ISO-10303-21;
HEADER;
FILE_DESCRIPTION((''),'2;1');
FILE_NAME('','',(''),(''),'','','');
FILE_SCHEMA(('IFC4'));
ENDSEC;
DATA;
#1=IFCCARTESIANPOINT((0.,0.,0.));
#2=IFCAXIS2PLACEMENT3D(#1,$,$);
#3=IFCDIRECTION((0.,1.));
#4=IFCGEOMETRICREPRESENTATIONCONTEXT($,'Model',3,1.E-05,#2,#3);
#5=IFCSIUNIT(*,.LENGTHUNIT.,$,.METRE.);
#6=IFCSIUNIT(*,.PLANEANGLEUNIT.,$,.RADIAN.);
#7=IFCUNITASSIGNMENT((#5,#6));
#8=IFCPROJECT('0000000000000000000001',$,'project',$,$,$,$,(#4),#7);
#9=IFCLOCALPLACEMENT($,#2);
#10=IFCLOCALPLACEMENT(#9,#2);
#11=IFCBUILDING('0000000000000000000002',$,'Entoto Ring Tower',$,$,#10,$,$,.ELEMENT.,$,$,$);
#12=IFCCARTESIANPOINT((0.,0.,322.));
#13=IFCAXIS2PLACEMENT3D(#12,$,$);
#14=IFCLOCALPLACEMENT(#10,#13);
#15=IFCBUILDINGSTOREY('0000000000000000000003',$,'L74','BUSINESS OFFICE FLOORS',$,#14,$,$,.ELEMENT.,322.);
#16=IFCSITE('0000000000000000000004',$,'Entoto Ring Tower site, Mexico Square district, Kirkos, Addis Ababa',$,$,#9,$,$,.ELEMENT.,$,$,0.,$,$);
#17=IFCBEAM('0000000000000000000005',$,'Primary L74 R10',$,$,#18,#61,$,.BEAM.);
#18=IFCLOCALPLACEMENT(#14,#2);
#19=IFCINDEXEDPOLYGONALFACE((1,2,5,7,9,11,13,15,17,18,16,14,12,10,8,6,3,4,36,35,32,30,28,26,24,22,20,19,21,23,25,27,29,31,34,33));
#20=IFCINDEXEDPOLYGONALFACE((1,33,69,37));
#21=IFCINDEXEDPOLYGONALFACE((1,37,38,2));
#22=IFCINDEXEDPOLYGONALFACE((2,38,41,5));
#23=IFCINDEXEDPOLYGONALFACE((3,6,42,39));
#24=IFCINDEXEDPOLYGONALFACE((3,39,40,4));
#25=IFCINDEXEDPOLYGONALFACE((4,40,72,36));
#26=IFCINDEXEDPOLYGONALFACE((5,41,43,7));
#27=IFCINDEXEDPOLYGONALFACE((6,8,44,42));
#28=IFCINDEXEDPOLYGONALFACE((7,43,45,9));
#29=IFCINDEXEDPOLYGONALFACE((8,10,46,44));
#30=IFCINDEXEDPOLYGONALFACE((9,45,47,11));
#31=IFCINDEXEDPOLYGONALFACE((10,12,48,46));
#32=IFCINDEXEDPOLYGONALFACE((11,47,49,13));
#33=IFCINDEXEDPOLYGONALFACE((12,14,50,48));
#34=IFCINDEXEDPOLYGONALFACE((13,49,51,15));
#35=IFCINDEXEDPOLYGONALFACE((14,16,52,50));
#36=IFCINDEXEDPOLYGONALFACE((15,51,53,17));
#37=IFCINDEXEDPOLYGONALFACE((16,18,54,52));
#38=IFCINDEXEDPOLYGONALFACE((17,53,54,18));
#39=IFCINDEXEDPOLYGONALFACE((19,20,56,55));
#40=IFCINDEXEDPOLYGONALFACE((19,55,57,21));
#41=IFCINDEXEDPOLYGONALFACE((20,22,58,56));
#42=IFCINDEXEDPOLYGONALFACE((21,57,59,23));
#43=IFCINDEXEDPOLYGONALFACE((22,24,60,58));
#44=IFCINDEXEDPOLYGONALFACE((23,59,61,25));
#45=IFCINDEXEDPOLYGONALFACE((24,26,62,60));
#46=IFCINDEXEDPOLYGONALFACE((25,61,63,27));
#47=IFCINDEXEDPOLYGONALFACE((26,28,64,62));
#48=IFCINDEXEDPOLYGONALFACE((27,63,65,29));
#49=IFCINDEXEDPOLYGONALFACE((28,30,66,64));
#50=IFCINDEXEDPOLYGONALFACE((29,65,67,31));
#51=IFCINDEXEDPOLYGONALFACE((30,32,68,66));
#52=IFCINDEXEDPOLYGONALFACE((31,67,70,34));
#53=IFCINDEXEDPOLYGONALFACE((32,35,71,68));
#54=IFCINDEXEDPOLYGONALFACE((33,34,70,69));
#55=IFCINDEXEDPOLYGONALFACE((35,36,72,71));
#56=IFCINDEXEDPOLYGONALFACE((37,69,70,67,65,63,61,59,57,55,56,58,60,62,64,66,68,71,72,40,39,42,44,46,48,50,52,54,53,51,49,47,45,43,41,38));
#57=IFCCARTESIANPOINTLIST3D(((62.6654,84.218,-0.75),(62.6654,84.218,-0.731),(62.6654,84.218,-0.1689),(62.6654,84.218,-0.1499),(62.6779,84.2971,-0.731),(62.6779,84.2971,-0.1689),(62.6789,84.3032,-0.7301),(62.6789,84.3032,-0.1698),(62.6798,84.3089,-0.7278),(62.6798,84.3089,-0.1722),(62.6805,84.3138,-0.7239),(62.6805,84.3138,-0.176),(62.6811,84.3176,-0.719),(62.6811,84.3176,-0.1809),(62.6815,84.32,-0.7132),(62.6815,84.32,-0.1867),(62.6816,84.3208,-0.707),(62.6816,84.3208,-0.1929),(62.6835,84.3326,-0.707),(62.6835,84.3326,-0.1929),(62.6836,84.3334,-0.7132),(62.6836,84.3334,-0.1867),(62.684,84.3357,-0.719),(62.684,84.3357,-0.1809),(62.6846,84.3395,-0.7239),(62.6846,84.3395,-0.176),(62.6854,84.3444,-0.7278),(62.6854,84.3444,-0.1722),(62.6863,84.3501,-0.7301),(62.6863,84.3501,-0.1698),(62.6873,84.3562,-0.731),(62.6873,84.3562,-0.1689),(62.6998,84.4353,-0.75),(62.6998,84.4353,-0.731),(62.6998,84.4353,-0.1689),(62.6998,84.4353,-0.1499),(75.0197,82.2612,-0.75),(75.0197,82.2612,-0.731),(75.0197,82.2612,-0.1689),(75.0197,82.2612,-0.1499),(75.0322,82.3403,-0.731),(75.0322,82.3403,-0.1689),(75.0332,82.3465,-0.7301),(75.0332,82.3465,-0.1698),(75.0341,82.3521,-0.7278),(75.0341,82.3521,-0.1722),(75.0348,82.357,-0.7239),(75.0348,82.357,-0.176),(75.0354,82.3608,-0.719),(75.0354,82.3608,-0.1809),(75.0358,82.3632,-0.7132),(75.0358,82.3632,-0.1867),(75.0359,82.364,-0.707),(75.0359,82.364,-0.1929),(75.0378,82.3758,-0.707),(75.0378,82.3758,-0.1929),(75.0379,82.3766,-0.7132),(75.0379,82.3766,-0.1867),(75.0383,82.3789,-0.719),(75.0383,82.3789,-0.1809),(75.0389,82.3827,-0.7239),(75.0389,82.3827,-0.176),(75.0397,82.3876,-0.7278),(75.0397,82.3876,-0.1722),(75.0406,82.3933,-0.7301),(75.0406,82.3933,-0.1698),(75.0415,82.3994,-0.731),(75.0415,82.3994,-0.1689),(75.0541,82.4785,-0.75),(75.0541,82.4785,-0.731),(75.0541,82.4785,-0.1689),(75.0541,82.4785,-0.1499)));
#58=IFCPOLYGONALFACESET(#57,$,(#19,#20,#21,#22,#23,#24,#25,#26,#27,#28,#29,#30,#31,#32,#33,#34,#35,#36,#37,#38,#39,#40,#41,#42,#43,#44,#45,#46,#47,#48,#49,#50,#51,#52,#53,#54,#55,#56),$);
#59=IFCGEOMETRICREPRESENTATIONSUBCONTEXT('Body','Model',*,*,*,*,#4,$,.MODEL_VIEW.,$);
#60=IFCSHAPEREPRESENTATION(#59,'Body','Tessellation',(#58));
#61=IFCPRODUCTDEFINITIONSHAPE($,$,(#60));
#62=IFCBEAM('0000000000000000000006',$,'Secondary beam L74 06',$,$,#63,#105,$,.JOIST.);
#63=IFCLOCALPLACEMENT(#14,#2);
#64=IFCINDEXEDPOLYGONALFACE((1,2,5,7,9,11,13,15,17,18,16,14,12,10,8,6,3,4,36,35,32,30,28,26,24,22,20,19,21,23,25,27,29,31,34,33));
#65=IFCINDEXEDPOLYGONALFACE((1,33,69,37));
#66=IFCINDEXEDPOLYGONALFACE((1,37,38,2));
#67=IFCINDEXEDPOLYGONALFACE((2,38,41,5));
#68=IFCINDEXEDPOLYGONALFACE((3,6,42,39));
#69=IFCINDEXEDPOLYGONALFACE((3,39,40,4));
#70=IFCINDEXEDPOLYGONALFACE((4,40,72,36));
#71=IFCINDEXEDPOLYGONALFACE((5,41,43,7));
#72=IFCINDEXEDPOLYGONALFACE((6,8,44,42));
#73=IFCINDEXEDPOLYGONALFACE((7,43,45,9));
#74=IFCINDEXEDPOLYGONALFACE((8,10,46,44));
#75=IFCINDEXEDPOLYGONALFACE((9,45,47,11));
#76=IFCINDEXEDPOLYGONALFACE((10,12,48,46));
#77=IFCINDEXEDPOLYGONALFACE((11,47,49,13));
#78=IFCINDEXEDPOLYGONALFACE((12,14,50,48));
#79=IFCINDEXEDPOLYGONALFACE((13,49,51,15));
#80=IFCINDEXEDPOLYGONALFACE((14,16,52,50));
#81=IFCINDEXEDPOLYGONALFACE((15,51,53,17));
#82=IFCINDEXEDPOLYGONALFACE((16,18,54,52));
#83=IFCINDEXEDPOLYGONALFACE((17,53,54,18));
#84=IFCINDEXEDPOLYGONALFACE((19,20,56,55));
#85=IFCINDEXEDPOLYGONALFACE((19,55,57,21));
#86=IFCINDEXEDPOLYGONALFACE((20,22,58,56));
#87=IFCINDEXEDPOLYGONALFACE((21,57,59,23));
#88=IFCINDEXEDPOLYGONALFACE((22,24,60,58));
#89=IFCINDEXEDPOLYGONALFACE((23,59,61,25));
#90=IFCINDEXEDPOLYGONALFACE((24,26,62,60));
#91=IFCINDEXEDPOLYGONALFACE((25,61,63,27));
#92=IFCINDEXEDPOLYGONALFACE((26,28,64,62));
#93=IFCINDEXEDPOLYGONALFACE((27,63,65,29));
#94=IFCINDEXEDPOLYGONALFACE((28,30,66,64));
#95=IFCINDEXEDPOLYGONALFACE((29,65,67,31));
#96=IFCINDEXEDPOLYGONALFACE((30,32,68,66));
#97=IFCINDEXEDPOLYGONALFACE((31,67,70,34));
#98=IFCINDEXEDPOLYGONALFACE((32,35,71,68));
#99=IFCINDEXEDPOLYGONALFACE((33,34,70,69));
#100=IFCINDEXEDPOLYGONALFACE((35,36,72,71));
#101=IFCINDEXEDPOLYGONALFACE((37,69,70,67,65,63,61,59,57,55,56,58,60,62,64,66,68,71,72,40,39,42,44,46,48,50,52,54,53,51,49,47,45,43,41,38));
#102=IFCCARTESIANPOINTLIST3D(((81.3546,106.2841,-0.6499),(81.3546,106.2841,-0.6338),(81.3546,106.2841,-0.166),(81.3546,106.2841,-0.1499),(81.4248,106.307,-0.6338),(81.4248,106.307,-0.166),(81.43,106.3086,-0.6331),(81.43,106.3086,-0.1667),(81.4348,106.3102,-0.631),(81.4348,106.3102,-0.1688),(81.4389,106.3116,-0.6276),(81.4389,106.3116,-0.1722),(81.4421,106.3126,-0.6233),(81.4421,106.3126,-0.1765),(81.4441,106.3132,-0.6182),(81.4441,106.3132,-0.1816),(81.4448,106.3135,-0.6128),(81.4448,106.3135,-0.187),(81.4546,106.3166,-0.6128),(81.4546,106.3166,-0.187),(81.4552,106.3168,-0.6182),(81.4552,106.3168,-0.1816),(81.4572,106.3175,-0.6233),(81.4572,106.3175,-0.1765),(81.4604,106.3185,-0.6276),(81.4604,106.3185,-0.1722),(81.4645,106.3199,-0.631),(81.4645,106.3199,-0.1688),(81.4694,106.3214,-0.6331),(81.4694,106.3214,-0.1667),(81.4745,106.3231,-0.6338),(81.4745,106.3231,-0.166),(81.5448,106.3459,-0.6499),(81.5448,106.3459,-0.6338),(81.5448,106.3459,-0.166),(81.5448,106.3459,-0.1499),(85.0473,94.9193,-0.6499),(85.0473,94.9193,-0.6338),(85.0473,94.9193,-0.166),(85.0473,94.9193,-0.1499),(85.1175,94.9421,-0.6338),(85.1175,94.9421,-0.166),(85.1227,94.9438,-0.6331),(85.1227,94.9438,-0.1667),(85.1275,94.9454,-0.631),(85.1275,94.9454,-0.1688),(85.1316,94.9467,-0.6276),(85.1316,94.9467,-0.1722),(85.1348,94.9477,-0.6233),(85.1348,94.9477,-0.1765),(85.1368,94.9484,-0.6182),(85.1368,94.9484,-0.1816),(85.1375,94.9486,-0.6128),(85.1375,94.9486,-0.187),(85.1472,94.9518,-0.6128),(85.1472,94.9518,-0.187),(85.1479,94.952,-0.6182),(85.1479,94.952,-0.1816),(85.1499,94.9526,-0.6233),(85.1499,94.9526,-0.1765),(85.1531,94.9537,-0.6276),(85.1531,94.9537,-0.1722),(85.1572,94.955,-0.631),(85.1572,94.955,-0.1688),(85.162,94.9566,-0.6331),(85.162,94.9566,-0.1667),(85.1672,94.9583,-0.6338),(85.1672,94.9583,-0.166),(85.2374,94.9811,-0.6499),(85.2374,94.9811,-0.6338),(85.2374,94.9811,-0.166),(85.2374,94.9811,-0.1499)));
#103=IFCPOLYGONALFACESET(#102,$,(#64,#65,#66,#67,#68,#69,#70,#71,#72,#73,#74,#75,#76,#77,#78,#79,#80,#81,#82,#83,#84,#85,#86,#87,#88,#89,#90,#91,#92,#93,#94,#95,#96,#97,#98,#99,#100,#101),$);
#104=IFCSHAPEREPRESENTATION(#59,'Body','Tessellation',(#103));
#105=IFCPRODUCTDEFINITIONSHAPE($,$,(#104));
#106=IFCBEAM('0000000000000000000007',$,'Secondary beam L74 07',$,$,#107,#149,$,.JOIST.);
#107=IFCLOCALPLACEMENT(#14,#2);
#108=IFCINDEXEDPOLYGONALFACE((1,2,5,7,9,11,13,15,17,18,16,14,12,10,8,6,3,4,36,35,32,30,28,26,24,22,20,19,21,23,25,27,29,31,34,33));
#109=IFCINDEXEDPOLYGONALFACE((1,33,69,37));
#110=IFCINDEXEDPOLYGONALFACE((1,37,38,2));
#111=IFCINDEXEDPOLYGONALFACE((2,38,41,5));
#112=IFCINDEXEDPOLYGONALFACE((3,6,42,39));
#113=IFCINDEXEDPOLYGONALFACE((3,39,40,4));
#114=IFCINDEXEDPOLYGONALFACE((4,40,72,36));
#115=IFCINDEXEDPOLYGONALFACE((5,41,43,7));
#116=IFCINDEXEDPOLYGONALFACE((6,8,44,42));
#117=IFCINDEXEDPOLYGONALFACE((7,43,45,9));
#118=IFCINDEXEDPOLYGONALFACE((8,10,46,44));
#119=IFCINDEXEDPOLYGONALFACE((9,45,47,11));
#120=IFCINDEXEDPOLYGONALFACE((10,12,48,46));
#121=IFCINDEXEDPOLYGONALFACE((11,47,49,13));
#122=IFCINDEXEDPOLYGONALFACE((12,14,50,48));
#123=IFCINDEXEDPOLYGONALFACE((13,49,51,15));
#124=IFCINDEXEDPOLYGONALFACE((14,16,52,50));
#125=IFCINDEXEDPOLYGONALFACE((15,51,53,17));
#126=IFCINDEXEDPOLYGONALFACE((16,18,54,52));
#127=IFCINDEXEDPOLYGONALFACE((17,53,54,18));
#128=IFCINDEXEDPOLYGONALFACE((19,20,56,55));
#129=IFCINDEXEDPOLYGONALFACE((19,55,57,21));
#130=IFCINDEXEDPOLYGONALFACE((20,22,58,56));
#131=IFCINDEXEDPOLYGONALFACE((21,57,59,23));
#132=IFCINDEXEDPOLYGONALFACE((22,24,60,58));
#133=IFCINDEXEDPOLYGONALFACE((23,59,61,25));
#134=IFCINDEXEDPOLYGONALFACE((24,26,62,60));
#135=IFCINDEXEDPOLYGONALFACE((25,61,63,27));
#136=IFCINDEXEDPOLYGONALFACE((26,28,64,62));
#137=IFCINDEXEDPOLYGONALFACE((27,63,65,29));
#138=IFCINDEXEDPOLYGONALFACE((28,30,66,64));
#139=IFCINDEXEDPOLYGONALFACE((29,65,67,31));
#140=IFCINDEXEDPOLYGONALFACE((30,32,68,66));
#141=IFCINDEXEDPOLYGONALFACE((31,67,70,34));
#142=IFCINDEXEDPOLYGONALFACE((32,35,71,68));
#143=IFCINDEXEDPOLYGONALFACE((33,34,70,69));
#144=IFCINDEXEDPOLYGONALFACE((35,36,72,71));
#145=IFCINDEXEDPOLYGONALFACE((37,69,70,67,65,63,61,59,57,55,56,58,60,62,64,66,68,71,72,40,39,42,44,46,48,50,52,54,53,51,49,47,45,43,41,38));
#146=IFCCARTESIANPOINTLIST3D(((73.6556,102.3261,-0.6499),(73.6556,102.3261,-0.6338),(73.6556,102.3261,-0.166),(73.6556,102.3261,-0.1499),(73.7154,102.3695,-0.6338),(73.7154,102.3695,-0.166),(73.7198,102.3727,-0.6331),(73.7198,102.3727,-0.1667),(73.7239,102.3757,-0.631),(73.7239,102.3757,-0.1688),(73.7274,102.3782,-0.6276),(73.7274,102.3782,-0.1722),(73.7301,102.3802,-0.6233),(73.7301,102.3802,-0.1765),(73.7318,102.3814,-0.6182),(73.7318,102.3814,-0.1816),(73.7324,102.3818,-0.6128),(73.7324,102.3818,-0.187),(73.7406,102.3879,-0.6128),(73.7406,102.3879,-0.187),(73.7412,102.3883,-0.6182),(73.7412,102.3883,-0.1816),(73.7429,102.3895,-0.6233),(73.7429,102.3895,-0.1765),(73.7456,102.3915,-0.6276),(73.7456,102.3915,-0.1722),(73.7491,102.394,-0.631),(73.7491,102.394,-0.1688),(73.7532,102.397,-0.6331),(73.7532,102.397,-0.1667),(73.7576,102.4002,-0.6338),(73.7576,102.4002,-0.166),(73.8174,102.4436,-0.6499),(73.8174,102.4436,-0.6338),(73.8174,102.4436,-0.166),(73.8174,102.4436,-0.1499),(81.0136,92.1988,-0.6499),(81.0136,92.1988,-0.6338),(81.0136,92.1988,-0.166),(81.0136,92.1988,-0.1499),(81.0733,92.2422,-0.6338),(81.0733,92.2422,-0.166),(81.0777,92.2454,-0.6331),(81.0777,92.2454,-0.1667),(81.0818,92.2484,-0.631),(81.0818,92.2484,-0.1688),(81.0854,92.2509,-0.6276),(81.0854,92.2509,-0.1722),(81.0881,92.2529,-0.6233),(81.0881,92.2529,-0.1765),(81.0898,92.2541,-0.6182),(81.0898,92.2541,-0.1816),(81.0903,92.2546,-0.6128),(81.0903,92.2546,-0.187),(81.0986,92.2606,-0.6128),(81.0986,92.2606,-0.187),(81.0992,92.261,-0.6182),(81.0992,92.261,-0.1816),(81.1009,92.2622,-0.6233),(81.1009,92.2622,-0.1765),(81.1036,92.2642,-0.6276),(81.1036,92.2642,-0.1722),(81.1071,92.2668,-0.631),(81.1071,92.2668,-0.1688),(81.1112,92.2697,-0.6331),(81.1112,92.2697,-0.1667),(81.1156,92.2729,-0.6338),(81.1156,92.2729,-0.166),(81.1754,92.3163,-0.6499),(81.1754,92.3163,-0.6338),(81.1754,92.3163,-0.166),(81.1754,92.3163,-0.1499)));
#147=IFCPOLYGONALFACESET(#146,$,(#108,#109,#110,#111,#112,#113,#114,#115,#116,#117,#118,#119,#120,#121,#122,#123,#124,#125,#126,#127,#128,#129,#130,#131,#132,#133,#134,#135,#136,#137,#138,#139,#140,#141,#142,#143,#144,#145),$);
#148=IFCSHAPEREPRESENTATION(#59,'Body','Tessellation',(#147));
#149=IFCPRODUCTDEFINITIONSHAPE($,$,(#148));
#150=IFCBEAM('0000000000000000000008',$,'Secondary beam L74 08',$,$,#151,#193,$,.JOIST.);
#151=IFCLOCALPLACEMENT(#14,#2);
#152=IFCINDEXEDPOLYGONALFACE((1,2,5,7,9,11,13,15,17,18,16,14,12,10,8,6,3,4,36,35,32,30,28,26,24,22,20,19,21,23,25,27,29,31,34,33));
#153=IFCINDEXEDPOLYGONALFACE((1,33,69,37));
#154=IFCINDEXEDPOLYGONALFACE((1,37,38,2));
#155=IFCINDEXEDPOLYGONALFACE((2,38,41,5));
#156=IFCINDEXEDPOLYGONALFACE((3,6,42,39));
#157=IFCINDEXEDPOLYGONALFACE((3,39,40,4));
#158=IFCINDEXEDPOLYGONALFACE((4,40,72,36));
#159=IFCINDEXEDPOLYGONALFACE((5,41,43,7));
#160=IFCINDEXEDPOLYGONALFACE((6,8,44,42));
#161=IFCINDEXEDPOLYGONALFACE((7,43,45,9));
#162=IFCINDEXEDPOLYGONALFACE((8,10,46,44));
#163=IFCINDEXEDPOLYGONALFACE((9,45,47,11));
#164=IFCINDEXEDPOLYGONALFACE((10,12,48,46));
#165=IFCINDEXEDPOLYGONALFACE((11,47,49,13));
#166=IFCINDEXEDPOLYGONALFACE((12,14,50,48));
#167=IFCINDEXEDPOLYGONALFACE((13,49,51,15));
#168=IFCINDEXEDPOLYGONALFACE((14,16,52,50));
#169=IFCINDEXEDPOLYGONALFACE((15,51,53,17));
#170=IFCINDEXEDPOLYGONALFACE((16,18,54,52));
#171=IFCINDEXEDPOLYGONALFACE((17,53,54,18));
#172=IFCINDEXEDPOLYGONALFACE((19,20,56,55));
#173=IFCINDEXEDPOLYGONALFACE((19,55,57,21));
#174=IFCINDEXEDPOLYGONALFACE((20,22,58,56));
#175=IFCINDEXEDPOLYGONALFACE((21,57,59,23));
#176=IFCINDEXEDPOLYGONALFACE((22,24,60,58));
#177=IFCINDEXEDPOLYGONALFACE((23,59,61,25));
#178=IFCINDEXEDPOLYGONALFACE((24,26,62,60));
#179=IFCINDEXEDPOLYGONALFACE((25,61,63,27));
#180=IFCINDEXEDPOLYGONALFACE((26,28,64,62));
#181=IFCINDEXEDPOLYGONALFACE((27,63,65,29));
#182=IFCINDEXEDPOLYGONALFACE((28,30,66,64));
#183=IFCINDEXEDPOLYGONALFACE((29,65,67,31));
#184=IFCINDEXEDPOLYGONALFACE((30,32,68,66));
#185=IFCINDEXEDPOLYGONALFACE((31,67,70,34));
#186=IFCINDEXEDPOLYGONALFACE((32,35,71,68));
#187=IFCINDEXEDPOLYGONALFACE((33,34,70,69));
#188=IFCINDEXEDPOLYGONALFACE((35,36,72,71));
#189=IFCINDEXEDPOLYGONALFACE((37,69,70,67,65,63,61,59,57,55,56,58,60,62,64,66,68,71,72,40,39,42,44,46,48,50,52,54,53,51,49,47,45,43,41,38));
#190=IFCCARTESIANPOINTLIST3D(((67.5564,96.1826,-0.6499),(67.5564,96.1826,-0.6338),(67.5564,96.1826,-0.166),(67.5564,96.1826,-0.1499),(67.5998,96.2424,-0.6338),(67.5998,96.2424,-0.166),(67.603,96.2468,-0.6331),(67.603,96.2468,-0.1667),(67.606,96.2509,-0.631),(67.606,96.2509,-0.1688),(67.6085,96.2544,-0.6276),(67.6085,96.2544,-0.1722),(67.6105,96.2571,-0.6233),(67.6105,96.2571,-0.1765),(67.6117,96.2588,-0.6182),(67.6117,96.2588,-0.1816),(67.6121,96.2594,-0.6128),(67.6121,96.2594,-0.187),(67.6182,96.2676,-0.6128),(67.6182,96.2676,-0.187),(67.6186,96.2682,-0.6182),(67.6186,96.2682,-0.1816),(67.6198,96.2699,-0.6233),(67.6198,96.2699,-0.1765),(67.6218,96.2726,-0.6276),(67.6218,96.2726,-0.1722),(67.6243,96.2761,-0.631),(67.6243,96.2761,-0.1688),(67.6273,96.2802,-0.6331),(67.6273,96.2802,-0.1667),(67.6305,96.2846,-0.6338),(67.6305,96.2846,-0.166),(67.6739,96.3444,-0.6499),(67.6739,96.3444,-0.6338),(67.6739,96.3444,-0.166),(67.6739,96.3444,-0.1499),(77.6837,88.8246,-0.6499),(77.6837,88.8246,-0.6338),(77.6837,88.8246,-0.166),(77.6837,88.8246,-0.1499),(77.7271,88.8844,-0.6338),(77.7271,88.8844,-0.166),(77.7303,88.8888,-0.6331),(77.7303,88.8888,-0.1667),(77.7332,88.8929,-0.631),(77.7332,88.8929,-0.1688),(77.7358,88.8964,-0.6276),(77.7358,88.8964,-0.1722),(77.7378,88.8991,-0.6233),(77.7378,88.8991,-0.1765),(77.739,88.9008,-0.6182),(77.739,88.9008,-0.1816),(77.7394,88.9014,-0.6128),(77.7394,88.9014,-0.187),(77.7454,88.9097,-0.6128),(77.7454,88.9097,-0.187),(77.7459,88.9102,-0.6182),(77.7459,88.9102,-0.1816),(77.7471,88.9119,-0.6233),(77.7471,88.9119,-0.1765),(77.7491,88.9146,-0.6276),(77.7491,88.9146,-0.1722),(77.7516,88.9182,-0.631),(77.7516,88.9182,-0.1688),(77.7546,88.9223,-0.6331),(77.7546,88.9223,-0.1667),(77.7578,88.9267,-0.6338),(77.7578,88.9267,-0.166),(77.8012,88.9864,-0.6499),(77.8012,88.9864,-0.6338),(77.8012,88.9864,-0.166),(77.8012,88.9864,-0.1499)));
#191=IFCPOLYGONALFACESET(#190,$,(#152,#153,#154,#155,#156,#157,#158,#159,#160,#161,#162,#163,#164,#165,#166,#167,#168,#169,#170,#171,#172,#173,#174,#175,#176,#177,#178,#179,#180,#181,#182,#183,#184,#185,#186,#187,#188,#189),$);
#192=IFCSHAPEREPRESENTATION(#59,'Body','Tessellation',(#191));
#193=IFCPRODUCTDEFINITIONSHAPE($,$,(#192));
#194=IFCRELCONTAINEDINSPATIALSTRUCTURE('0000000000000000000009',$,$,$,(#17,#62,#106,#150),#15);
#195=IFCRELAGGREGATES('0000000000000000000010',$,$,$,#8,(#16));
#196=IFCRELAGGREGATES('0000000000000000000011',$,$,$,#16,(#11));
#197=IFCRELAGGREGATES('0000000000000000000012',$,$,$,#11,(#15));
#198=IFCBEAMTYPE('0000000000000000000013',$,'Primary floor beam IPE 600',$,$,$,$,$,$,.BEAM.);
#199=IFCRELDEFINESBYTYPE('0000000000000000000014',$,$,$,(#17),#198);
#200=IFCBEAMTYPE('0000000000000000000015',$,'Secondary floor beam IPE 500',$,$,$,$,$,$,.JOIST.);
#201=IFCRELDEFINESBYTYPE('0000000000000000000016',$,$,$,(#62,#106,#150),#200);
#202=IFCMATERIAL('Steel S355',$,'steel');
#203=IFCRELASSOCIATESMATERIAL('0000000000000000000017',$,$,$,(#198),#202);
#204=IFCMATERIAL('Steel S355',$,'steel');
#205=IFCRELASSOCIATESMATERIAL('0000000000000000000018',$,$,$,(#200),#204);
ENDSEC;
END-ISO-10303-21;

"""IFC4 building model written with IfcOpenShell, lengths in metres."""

from ifc_helpers import new_model, si_unit, direction, frame, origin, origin_2d, place, context, subcontext, project, spatial, i_section, extrude, material, material_profile, profile_set, type_object, element, save


model = new_model("IFC4")

# Units and contexts
model_context = context("Model", 3, precision=1e-05, world=origin(), true_north=direction((0.0, 1.0)))
body_context = subcontext(model_context, "Body", "Model", "MODEL_VIEW")
ifc_project = project(units=[si_unit("LENGTHUNIT", "METRE"), si_unit("PLANEANGLEUNIT", "RADIAN")], contexts=[model_context])

# Site, building, storey
site_placement = place(None, origin())
site = spatial("IfcSite", under=ifc_project, at=site_placement, Name="Entoto Ring Tower site, Mexico Square district, Kirkos, Addis Ababa", CompositionType="ELEMENT", RefElevation=0.0)
building_placement = place(site_placement, origin())
building = spatial("IfcBuilding", under=site, at=building_placement, Name="Entoto Ring Tower", CompositionType="ELEMENT")
storey_placement = place(building_placement, frame((0.0, 0.0, 322.0)))
storey = spatial("IfcBuildingStorey", under=building, at=storey_placement, Name="L74", Description="BUSINESS OFFICE FLOORS", CompositionType="ELEMENT", Elevation=322.0)

# Beams
ifc_material_1 = material(Name="Steel S355", Category="steel")
ifc_material_profile_1 = material_profile(ifc_material_1, i_section(OverallWidth=0.22, OverallDepth=0.6001, WebThickness=0.012, FlangeThickness=0.019, FilletRadius=0.0239, at=origin_2d()), Name="IPE 600")
ifc_profile_set_1 = profile_set([ifc_material_profile_1], Name="Steel S355")
beam_type_1 = type_object("IfcBeamType", Name="Primary floor beam IPE 600", PredefinedType="BEAM", material=ifc_profile_set_1)
beam_1_placement = place(storey_placement, frame((75.0369, 82.3699, -0.45), z_axis=(-0.987688, 0.15644, 0.0), x_axis=(-0.15644, -0.987688, 0.0)))
element("IfcBeam", 1, at=beam_1_placement, inside=storey, type_object=beam_type_1, Name="Primary L74 R10", PredefinedType="BEAM", context=body_context, shape_type="SweptSolid", body=[
    extrude(i_section(OverallWidth=0.22, OverallDepth=0.6001, WebThickness=0.012, FlangeThickness=0.019, FilletRadius=0.0239, at=origin_2d()), origin(), (0.0, 0.0, 1.0), 12.5083),
])
ifc_material_2 = material(Name="Steel S355", Category="steel")
ifc_material_profile_2 = material_profile(ifc_material_2, i_section(OverallWidth=0.2, OverallDepth=0.5, WebThickness=0.0103, FlangeThickness=0.0161, FilletRadius=0.021, at=origin_2d()), Name="IPE 500")
ifc_profile_set_2 = profile_set([ifc_material_profile_2], Name="Steel S355")
beam_type_2 = type_object("IfcBeamType", Name="Secondary floor beam IPE 500", PredefinedType="JOIST", material=ifc_profile_set_2)
beam_2_placement = place(storey_placement, frame((85.1423, 94.9502, -0.3999), z_axis=(-0.309017, 0.951057, 0.0), x_axis=(-0.951057, -0.309017, 0.0)))
element("IfcBeam", 2, at=beam_2_placement, inside=storey, type_object=beam_type_2, Name="Secondary beam L74 06", PredefinedType="JOIST", context=body_context, shape_type="SweptSolid", body=[
    extrude(i_section(OverallWidth=0.2, OverallDepth=0.5, WebThickness=0.0103, FlangeThickness=0.0161, FilletRadius=0.021, at=origin_2d()), origin(), (0.0, 0.0, 1.0), 11.9497),
])
for number, where, z_axis, x_axis, name in (
    (3, (81.0945, 92.2576, -0.3999), (-0.587789, 0.809014, 0.0), (-0.809014, -0.587789, 0.0), "Secondary beam L74 07"),
    (4, (77.7424, 88.9055, -0.3999), (-0.809014, 0.587789, 0.0), (-0.587789, -0.809014, 0.0), "Secondary beam L74 08"),
):
    element("IfcBeam", number, at=place(storey_placement, frame(where, z_axis=z_axis, x_axis=x_axis)), inside=storey, type_object=beam_type_2, Name=name, PredefinedType="JOIST", context=body_context, shape_type="SweptSolid", body=[
        extrude(i_section(OverallWidth=0.2, OverallDepth=0.5, WebThickness=0.0103, FlangeThickness=0.0161, FilletRadius=0.021, at=origin_2d()), origin(), (0.0, 0.0, 1.0), 12.5181),
    ])

save(model, "model.ifc")
